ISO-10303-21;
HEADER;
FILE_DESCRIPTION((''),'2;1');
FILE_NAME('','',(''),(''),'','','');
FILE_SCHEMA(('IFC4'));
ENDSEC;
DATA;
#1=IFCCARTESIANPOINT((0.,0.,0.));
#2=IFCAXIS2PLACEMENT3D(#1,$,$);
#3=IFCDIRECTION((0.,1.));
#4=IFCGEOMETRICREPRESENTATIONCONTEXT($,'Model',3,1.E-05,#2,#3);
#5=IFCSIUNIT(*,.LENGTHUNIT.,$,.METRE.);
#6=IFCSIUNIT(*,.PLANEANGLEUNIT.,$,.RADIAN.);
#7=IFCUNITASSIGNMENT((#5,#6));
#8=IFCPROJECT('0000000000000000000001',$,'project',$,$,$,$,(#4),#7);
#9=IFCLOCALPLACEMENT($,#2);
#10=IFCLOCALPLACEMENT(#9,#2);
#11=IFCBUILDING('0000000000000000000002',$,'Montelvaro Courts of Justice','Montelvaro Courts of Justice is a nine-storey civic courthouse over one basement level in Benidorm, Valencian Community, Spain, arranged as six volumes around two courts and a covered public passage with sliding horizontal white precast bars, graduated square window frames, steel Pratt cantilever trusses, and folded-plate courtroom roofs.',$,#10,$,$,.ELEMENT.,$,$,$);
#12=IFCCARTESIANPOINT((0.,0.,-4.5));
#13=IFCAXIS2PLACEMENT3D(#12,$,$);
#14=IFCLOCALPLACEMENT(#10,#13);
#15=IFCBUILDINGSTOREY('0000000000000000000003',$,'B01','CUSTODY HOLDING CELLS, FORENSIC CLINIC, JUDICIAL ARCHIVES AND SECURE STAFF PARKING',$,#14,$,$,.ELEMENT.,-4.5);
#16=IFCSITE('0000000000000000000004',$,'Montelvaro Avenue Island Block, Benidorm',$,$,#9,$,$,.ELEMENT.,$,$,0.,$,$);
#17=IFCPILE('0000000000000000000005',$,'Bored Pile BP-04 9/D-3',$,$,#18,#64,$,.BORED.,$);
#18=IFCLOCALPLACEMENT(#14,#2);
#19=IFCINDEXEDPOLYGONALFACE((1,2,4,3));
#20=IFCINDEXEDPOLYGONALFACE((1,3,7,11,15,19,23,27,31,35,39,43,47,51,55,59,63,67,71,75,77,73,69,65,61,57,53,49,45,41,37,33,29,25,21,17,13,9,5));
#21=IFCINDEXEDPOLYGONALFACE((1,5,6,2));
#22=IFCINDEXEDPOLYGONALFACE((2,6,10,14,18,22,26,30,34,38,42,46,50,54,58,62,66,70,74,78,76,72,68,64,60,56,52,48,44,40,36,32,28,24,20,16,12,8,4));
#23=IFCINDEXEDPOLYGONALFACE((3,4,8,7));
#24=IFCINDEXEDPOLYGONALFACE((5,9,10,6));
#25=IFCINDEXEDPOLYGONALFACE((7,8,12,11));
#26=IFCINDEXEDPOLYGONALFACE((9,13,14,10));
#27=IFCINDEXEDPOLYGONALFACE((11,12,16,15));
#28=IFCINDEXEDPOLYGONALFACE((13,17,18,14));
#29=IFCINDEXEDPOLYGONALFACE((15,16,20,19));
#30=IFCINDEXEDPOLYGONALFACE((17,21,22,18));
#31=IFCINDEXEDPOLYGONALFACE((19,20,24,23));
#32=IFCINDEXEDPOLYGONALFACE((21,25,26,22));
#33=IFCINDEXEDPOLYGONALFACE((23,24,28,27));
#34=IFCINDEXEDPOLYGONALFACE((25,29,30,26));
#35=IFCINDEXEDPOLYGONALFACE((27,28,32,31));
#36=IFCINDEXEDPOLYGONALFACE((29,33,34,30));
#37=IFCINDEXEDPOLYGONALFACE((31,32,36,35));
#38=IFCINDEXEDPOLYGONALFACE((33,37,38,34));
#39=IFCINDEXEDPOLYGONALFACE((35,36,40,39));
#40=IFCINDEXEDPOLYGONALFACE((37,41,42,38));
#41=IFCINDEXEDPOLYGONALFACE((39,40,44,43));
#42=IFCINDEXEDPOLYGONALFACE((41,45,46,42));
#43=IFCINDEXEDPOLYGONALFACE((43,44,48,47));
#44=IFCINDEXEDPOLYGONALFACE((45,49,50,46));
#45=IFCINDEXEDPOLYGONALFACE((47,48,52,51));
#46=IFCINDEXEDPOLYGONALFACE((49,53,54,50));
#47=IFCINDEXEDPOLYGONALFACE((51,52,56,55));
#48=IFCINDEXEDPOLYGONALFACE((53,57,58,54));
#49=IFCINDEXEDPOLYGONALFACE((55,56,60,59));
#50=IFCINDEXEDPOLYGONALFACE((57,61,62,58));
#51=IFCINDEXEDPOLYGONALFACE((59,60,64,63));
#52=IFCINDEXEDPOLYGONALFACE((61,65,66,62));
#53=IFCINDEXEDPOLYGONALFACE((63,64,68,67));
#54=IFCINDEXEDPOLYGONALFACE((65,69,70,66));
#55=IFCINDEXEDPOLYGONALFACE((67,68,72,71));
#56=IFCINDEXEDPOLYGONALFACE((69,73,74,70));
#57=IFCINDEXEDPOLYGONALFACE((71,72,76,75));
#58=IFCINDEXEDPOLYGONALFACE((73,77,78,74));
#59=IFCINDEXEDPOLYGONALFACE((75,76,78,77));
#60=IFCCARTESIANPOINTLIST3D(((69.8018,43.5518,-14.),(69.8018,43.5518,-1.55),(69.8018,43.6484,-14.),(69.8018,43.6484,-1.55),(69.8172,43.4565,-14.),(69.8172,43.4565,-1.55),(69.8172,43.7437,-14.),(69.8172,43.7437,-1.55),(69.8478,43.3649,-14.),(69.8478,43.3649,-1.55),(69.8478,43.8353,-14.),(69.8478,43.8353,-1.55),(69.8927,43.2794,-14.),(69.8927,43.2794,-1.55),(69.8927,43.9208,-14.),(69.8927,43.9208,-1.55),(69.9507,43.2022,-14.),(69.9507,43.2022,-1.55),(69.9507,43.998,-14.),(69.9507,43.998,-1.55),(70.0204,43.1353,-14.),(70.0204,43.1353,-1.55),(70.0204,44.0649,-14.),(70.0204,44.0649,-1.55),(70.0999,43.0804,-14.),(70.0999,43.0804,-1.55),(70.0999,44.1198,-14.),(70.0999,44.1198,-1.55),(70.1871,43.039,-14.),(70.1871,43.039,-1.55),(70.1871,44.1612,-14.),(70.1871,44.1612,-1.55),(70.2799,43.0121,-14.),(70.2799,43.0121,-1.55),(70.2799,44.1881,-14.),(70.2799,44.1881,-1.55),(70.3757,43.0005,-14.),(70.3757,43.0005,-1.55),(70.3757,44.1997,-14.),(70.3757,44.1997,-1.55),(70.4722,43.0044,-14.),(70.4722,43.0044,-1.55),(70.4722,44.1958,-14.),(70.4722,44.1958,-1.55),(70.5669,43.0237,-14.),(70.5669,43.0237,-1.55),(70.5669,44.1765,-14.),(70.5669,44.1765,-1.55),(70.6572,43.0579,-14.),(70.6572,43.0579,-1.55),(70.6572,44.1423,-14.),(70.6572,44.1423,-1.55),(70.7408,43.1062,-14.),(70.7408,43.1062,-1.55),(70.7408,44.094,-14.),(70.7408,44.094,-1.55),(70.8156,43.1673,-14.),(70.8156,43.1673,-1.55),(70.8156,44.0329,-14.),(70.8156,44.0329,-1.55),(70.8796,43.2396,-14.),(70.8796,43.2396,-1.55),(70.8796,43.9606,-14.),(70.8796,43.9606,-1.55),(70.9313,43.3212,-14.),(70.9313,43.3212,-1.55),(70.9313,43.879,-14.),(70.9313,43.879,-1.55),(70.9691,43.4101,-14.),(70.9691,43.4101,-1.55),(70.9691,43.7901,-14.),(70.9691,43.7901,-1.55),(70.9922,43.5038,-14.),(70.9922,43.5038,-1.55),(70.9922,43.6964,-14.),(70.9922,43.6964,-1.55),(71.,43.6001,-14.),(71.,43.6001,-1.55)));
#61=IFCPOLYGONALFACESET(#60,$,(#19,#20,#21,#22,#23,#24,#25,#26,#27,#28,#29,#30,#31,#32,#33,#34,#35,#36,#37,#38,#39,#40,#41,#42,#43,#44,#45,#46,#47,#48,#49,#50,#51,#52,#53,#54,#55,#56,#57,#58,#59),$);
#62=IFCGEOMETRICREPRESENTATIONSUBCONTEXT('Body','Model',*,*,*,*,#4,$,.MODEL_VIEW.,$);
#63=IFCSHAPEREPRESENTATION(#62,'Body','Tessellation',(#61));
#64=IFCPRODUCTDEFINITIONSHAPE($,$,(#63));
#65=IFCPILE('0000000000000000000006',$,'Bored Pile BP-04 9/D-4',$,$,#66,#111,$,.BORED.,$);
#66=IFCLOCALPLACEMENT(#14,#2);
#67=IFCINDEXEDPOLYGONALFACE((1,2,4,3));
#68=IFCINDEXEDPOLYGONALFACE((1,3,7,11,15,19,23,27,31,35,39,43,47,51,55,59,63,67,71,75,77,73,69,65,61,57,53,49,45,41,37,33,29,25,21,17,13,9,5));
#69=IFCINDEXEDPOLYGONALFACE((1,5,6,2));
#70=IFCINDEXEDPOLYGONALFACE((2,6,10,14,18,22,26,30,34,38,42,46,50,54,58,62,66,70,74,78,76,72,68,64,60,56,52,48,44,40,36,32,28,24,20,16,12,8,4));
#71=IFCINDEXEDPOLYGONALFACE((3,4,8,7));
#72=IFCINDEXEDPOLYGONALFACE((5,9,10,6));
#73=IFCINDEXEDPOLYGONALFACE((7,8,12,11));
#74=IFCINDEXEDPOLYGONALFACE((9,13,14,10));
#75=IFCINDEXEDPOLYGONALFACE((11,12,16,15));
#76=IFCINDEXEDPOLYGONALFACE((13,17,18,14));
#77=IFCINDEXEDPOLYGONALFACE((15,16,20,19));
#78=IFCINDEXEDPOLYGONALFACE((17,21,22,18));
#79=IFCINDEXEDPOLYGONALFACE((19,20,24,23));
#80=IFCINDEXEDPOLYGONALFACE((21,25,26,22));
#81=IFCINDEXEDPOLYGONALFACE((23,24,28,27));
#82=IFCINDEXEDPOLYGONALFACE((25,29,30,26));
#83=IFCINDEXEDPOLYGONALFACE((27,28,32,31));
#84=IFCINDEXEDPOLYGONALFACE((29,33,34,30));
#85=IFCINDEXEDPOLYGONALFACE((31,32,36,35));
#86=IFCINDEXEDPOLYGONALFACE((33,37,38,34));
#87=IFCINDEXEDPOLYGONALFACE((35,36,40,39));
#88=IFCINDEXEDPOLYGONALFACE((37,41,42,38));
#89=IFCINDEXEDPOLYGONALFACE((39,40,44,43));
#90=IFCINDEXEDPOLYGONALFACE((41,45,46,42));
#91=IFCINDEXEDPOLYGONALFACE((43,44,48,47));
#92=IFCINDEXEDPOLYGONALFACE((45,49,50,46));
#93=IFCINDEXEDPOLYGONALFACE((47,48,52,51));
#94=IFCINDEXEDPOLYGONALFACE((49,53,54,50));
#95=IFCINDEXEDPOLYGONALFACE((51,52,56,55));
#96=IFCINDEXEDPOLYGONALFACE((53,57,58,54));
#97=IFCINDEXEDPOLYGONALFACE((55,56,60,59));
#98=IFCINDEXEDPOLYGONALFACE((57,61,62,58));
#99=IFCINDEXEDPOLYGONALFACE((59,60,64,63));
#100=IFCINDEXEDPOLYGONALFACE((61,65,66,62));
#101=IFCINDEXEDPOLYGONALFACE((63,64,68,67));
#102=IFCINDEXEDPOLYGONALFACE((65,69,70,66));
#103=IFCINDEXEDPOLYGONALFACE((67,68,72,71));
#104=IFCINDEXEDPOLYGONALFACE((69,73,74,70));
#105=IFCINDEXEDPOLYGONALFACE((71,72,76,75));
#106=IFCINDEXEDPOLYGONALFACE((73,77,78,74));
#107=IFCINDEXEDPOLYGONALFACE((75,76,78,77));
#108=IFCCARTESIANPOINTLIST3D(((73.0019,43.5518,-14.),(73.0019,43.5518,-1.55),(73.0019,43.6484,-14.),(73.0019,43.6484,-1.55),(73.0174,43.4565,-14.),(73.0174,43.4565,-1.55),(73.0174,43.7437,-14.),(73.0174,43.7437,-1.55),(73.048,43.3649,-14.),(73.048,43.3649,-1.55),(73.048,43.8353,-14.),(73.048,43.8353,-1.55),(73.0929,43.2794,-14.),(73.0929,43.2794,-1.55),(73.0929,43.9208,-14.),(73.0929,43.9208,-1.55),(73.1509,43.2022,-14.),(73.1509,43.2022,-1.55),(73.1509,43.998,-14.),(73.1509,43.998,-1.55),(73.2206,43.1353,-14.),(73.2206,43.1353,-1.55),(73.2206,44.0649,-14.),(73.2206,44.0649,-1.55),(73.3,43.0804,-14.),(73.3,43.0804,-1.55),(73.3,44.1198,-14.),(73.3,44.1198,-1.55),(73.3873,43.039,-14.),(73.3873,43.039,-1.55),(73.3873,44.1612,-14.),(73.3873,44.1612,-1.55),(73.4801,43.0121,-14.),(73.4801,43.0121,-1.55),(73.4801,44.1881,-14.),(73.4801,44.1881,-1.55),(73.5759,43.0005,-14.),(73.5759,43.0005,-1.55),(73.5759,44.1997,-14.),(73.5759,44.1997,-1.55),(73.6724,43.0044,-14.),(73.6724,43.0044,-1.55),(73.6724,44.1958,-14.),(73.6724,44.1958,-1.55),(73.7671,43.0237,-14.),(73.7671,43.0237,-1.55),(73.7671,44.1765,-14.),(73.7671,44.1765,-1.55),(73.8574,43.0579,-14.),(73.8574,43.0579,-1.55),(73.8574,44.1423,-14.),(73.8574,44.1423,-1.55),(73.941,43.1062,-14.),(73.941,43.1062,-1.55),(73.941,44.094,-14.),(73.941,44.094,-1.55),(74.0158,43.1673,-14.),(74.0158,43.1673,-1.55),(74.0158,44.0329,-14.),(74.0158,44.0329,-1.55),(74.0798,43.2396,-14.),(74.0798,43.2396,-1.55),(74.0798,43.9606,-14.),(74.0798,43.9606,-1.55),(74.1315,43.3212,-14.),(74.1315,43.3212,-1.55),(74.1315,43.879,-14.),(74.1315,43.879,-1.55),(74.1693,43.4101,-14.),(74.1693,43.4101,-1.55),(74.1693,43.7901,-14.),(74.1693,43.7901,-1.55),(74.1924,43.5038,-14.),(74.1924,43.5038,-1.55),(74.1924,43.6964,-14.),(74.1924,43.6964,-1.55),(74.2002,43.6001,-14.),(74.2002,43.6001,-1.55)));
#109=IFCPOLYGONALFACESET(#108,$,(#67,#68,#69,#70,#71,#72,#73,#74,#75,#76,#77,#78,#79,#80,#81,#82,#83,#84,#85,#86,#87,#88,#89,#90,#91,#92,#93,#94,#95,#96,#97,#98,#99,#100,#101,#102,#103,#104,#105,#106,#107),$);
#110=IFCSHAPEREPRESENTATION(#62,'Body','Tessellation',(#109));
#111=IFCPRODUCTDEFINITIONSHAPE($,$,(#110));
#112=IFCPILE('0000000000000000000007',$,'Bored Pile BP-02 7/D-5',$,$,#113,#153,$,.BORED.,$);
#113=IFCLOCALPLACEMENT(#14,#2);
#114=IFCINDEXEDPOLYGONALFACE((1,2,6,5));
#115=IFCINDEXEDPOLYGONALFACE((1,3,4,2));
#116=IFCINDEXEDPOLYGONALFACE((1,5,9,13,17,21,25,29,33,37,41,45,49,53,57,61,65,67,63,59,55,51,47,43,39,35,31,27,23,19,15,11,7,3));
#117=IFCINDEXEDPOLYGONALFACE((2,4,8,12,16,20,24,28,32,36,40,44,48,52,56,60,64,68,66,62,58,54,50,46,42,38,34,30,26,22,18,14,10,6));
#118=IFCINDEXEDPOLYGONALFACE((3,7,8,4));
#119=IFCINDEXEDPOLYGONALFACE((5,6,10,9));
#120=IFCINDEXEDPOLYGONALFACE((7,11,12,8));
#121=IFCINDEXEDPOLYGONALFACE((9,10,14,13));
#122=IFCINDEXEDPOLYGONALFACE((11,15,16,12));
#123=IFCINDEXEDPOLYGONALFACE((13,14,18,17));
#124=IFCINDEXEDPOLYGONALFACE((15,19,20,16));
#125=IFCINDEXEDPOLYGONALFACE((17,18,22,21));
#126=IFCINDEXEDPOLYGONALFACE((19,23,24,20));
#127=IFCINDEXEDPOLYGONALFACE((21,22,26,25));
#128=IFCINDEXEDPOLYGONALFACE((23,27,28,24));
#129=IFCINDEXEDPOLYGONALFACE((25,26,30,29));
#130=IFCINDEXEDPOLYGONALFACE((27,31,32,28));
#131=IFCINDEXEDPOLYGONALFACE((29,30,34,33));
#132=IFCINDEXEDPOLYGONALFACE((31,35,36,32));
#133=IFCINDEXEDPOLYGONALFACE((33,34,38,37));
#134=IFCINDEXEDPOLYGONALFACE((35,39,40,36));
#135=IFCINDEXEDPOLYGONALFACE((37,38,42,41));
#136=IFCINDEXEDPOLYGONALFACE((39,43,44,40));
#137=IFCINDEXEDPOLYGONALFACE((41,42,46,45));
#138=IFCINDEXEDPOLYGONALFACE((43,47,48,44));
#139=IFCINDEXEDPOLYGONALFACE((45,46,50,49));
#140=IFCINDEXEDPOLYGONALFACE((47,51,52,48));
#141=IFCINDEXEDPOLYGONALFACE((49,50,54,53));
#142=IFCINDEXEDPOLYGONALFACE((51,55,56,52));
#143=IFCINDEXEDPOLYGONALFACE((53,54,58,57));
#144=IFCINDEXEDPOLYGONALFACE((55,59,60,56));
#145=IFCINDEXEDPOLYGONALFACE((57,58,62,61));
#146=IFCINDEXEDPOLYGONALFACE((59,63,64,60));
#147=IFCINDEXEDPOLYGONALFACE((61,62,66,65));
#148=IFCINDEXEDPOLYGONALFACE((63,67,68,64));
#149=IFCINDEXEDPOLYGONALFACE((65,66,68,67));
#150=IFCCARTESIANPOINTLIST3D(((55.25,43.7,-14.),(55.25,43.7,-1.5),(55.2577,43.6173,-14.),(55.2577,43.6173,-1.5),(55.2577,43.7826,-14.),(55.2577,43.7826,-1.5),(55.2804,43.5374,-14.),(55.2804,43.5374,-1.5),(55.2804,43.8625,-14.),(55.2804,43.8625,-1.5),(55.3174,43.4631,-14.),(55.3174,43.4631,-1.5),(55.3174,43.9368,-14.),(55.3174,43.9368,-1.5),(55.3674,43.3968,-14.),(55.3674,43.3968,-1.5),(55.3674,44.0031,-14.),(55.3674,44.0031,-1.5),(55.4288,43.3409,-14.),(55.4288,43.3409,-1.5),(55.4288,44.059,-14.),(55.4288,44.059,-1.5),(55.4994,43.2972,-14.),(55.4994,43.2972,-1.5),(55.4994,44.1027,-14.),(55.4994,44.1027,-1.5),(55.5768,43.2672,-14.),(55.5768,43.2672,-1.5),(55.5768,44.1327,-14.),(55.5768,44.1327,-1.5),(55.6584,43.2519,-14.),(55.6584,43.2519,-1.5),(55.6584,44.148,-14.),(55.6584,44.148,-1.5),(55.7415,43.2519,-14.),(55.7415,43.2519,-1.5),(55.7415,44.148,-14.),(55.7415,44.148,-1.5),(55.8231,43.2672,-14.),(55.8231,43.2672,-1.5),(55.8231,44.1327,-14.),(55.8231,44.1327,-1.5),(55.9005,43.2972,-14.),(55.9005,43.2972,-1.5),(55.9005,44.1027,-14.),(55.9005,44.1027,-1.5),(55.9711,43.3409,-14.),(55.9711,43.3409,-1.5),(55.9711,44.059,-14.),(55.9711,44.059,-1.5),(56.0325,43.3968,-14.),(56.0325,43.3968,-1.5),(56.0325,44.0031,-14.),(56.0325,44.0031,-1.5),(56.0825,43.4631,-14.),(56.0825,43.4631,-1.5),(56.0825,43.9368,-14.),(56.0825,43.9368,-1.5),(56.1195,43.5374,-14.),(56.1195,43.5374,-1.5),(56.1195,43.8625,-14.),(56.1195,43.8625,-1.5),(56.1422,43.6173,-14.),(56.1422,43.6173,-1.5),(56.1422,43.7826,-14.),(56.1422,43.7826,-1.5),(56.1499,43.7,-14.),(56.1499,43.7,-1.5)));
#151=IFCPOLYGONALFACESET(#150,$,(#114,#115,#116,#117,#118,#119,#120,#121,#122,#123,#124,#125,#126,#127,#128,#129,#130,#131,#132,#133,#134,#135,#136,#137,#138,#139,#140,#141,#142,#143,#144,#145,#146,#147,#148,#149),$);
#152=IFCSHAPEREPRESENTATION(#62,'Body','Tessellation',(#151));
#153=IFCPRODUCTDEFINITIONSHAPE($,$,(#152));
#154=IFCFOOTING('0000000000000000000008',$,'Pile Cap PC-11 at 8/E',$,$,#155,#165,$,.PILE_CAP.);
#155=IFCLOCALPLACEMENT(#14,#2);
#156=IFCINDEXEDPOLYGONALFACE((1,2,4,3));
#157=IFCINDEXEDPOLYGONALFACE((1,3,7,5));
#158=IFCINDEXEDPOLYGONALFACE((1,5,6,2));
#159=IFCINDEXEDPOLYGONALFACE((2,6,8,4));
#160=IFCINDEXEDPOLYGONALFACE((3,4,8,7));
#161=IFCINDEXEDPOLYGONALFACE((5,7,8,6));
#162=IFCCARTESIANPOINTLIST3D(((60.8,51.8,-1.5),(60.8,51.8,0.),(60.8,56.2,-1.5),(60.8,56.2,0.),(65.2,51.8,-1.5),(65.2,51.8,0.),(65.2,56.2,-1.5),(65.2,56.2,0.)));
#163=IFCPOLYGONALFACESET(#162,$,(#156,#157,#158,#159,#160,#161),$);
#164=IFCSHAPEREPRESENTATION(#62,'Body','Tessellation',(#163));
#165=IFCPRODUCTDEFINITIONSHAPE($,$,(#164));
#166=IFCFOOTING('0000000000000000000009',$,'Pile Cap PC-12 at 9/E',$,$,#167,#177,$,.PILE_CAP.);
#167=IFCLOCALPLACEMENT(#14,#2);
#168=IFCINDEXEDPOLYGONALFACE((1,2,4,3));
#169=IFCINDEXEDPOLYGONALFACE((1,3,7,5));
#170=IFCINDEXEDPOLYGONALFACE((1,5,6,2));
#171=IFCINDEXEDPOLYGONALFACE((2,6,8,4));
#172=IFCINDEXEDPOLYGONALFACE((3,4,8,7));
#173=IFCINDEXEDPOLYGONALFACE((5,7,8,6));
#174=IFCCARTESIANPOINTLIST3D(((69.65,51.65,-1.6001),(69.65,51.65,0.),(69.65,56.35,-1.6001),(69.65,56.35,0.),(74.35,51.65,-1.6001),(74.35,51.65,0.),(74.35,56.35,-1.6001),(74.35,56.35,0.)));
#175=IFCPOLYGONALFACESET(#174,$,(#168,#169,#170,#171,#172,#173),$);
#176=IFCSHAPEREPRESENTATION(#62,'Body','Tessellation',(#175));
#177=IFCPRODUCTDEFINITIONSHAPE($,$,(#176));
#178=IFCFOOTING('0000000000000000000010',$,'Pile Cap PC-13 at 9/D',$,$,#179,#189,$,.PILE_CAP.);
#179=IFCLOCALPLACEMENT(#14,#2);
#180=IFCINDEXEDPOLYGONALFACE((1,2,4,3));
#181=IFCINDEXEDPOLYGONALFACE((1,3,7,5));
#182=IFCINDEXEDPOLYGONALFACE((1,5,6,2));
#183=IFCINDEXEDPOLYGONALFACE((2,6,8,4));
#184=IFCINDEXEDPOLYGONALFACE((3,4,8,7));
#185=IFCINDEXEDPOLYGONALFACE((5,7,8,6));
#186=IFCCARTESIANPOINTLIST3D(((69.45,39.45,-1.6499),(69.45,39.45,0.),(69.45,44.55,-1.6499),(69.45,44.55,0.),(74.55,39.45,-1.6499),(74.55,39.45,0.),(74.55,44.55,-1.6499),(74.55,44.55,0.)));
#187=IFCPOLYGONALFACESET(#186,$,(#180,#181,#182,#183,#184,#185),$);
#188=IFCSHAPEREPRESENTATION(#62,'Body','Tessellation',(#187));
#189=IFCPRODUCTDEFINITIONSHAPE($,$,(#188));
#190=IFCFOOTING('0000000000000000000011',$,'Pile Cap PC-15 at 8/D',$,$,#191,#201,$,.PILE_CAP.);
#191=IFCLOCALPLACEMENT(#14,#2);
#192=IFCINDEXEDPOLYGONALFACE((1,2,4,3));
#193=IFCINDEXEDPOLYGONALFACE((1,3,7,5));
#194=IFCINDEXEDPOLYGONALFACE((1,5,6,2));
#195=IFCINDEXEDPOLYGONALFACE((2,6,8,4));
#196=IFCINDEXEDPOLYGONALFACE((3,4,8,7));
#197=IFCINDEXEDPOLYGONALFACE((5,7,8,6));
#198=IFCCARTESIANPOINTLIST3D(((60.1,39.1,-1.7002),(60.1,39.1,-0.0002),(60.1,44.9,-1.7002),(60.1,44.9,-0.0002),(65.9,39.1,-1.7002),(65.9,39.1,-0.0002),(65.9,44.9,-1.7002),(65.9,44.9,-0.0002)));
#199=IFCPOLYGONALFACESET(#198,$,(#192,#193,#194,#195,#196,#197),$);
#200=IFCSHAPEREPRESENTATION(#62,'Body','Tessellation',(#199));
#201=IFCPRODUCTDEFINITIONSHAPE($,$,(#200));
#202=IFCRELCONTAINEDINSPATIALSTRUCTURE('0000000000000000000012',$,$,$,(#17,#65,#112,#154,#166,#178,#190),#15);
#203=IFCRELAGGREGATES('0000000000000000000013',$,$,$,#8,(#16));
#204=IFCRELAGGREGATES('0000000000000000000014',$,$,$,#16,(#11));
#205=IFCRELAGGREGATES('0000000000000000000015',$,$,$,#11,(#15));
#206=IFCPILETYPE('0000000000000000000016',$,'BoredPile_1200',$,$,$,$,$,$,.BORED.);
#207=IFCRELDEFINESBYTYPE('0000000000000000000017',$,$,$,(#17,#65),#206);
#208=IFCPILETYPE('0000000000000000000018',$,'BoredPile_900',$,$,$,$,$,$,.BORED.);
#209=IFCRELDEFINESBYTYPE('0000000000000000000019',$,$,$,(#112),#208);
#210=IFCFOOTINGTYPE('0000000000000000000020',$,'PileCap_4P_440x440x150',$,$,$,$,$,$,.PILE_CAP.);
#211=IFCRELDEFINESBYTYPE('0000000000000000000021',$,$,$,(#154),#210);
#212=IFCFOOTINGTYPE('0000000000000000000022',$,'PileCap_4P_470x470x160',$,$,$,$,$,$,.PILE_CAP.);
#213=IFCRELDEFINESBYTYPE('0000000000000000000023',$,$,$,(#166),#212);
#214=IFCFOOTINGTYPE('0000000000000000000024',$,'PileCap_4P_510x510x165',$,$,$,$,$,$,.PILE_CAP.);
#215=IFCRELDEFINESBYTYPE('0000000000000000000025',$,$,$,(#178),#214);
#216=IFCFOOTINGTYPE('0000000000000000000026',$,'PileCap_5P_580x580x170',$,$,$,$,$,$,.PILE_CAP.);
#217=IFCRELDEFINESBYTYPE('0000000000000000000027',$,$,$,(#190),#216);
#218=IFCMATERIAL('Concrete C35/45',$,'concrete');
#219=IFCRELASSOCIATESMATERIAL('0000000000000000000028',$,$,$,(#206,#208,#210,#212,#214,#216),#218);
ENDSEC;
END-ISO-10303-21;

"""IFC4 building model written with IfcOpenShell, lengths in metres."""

from ifc_helpers import new_model, si_unit, direction, frame, origin, origin_2d, place, context, subcontext, project, spatial, rectangle, circle, extrude, material, material_profile, profile_set, type_object, element, save


model = new_model("IFC4")

# Units and contexts
model_context = context("Model", 3, precision=1e-05, world=origin(), true_north=direction((0.0, 1.0)))
body_context = subcontext(model_context, "Body", "Model", "MODEL_VIEW")
ifc_project = project(units=[si_unit("LENGTHUNIT", "METRE"), si_unit("PLANEANGLEUNIT", "RADIAN")], contexts=[model_context])

# Site, building, storey
site_placement = place(None, origin())
site = spatial("IfcSite", under=ifc_project, at=site_placement, Name="Montelvaro Avenue Island Block, Benidorm", CompositionType="ELEMENT", RefElevation=0.0)
building_placement = place(site_placement, origin())
building = spatial("IfcBuilding", under=site, at=building_placement, Name="Montelvaro Courts of Justice", Description="Montelvaro Courts of Justice is a nine-storey civic courthouse over one basement level in Benidorm, Valencian Community, Spain, arranged as six volumes around two courts and a covered public passage with sliding horizontal white precast bars, graduated square window frames, steel Pratt cantilever trusses, and folded-plate courtroom roofs.", CompositionType="ELEMENT")
storey_placement = place(building_placement, frame((0.0, 0.0, -4.5)))
storey = spatial("IfcBuildingStorey", under=building, at=storey_placement, Name="B01", Description="CUSTODY HOLDING CELLS, FORENSIC CLINIC, JUDICIAL ARCHIVES AND SECURE STAFF PARKING", CompositionType="ELEMENT", Elevation=-4.5)

# Piles
ifc_material_1 = material(Name="Concrete C35/45", Category="concrete")
ifc_material_profile_1 = material_profile(ifc_material_1, circle(Radius=0.6001, at=origin_2d()), Name="BORED PILE D1200")
ifc_profile_set_1 = profile_set([ifc_material_profile_1], Name="Concrete C35/45")
pile_type_1 = type_object("IfcPileType", Name="BoredPile_1200", PredefinedType="BORED", material=ifc_profile_set_1)
for number, where, z_axis, x_axis, name in (
    (1, (70.3999, 43.6001, -1.55), (0.0, 0.0, -1.0), (1.0, 0.0, 0.0), "Bored Pile BP-04 9/D-3"),
    (2, (73.6001, 43.6001, -1.55), (0.0, 0.0, -1.0), (1.0, 0.0, 0.0), "Bored Pile BP-04 9/D-4"),
):
    element("IfcPile", number, at=place(storey_placement, frame(where, z_axis=z_axis, x_axis=x_axis)), inside=storey, type_object=pile_type_1, Name=name, PredefinedType="BORED", context=body_context, shape_type="SweptSolid", body=[
        extrude(circle(Radius=0.6001, at=origin_2d()), origin(), (0.0, 0.0, 1.0), 12.45),
    ])
ifc_material_profile_2 = material_profile(ifc_material_1, circle(Radius=0.45, at=origin_2d()), Name="BORED PILE D900")
ifc_profile_set_2 = profile_set([ifc_material_profile_2], Name="Concrete C35/45")
pile_type_2 = type_object("IfcPileType", Name="BoredPile_900", PredefinedType="BORED", material=ifc_profile_set_2)
pile_placement = place(storey_placement, frame((55.7, 43.7, -1.5), z_axis=(0.0, 0.0, -1.0), x_axis=(1.0, 0.0, 0.0)))
element("IfcPile", 3, at=pile_placement, inside=storey, type_object=pile_type_2, Name="Bored Pile BP-02 7/D-5", PredefinedType="BORED", context=body_context, shape_type="SweptSolid", body=[
    extrude(circle(Radius=0.45, at=origin_2d()), origin(), (0.0, 0.0, 1.0), 12.5),
])

# Footings
footing_type_1 = type_object("IfcFootingType", Name="PileCap_4P_440x440x150", PredefinedType="PILE_CAP", material=ifc_material_1)
footing_1_placement = place(storey_placement, frame((63.0, 54.0, -1.5), z_axis=(0.0, 0.0, 1.0), x_axis=(1.0, 0.0, 0.0)))
element("IfcFooting", 4, at=footing_1_placement, inside=storey, type_object=footing_type_1, Name="Pile Cap PC-11 at 8/E", PredefinedType="PILE_CAP", context=body_context, shape_type="SweptSolid", body=[
    extrude(rectangle(XDim=4.3999, YDim=4.3999, at=origin_2d()), origin(), (0.0, 0.0, 1.0), 1.5),
])
footing_type_2 = type_object("IfcFootingType", Name="PileCap_4P_470x470x160", PredefinedType="PILE_CAP", material=ifc_material_1)
footing_2_placement = place(storey_placement, frame((72.0, 54.0, -1.6001), z_axis=(0.0, 0.0, 1.0), x_axis=(1.0, 0.0, 0.0)))
element("IfcFooting", 5, at=footing_2_placement, inside=storey, type_object=footing_type_2, Name="Pile Cap PC-12 at 9/E", PredefinedType="PILE_CAP", context=body_context, shape_type="SweptSolid", body=[
    extrude(rectangle(XDim=4.7, YDim=4.7, at=origin_2d()), origin(), (0.0, 0.0, 1.0), 1.6001),
])
footing_type_3 = type_object("IfcFootingType", Name="PileCap_4P_510x510x165", PredefinedType="PILE_CAP", material=ifc_material_1)
footing_3_placement = place(storey_placement, frame((72.0, 42.0, -1.6499), z_axis=(0.0, 0.0, 1.0), x_axis=(1.0, 0.0, 0.0)))
element("IfcFooting", 6, at=footing_3_placement, inside=storey, type_object=footing_type_3, Name="Pile Cap PC-13 at 9/D", PredefinedType="PILE_CAP", context=body_context, shape_type="SweptSolid", body=[
    extrude(rectangle(XDim=5.1001, YDim=5.1001, at=origin_2d()), origin(), (0.0, 0.0, 1.0), 1.6499),
])
footing_type_4 = type_object("IfcFootingType", Name="PileCap_5P_580x580x170", PredefinedType="PILE_CAP", material=ifc_material_1)
footing_4_placement = place(storey_placement, frame((63.0, 42.0, -1.7002), z_axis=(0.0, 0.0, 1.0), x_axis=(1.0, 0.0, 0.0)))
element("IfcFooting", 7, at=footing_4_placement, inside=storey, type_object=footing_type_4, Name="Pile Cap PC-15 at 8/D", PredefinedType="PILE_CAP", context=body_context, shape_type="SweptSolid", body=[
    extrude(rectangle(XDim=5.8, YDim=5.8, at=origin_2d()), origin(), (0.0, 0.0, 1.0), 1.7),
])

save(model, "model.ifc")
